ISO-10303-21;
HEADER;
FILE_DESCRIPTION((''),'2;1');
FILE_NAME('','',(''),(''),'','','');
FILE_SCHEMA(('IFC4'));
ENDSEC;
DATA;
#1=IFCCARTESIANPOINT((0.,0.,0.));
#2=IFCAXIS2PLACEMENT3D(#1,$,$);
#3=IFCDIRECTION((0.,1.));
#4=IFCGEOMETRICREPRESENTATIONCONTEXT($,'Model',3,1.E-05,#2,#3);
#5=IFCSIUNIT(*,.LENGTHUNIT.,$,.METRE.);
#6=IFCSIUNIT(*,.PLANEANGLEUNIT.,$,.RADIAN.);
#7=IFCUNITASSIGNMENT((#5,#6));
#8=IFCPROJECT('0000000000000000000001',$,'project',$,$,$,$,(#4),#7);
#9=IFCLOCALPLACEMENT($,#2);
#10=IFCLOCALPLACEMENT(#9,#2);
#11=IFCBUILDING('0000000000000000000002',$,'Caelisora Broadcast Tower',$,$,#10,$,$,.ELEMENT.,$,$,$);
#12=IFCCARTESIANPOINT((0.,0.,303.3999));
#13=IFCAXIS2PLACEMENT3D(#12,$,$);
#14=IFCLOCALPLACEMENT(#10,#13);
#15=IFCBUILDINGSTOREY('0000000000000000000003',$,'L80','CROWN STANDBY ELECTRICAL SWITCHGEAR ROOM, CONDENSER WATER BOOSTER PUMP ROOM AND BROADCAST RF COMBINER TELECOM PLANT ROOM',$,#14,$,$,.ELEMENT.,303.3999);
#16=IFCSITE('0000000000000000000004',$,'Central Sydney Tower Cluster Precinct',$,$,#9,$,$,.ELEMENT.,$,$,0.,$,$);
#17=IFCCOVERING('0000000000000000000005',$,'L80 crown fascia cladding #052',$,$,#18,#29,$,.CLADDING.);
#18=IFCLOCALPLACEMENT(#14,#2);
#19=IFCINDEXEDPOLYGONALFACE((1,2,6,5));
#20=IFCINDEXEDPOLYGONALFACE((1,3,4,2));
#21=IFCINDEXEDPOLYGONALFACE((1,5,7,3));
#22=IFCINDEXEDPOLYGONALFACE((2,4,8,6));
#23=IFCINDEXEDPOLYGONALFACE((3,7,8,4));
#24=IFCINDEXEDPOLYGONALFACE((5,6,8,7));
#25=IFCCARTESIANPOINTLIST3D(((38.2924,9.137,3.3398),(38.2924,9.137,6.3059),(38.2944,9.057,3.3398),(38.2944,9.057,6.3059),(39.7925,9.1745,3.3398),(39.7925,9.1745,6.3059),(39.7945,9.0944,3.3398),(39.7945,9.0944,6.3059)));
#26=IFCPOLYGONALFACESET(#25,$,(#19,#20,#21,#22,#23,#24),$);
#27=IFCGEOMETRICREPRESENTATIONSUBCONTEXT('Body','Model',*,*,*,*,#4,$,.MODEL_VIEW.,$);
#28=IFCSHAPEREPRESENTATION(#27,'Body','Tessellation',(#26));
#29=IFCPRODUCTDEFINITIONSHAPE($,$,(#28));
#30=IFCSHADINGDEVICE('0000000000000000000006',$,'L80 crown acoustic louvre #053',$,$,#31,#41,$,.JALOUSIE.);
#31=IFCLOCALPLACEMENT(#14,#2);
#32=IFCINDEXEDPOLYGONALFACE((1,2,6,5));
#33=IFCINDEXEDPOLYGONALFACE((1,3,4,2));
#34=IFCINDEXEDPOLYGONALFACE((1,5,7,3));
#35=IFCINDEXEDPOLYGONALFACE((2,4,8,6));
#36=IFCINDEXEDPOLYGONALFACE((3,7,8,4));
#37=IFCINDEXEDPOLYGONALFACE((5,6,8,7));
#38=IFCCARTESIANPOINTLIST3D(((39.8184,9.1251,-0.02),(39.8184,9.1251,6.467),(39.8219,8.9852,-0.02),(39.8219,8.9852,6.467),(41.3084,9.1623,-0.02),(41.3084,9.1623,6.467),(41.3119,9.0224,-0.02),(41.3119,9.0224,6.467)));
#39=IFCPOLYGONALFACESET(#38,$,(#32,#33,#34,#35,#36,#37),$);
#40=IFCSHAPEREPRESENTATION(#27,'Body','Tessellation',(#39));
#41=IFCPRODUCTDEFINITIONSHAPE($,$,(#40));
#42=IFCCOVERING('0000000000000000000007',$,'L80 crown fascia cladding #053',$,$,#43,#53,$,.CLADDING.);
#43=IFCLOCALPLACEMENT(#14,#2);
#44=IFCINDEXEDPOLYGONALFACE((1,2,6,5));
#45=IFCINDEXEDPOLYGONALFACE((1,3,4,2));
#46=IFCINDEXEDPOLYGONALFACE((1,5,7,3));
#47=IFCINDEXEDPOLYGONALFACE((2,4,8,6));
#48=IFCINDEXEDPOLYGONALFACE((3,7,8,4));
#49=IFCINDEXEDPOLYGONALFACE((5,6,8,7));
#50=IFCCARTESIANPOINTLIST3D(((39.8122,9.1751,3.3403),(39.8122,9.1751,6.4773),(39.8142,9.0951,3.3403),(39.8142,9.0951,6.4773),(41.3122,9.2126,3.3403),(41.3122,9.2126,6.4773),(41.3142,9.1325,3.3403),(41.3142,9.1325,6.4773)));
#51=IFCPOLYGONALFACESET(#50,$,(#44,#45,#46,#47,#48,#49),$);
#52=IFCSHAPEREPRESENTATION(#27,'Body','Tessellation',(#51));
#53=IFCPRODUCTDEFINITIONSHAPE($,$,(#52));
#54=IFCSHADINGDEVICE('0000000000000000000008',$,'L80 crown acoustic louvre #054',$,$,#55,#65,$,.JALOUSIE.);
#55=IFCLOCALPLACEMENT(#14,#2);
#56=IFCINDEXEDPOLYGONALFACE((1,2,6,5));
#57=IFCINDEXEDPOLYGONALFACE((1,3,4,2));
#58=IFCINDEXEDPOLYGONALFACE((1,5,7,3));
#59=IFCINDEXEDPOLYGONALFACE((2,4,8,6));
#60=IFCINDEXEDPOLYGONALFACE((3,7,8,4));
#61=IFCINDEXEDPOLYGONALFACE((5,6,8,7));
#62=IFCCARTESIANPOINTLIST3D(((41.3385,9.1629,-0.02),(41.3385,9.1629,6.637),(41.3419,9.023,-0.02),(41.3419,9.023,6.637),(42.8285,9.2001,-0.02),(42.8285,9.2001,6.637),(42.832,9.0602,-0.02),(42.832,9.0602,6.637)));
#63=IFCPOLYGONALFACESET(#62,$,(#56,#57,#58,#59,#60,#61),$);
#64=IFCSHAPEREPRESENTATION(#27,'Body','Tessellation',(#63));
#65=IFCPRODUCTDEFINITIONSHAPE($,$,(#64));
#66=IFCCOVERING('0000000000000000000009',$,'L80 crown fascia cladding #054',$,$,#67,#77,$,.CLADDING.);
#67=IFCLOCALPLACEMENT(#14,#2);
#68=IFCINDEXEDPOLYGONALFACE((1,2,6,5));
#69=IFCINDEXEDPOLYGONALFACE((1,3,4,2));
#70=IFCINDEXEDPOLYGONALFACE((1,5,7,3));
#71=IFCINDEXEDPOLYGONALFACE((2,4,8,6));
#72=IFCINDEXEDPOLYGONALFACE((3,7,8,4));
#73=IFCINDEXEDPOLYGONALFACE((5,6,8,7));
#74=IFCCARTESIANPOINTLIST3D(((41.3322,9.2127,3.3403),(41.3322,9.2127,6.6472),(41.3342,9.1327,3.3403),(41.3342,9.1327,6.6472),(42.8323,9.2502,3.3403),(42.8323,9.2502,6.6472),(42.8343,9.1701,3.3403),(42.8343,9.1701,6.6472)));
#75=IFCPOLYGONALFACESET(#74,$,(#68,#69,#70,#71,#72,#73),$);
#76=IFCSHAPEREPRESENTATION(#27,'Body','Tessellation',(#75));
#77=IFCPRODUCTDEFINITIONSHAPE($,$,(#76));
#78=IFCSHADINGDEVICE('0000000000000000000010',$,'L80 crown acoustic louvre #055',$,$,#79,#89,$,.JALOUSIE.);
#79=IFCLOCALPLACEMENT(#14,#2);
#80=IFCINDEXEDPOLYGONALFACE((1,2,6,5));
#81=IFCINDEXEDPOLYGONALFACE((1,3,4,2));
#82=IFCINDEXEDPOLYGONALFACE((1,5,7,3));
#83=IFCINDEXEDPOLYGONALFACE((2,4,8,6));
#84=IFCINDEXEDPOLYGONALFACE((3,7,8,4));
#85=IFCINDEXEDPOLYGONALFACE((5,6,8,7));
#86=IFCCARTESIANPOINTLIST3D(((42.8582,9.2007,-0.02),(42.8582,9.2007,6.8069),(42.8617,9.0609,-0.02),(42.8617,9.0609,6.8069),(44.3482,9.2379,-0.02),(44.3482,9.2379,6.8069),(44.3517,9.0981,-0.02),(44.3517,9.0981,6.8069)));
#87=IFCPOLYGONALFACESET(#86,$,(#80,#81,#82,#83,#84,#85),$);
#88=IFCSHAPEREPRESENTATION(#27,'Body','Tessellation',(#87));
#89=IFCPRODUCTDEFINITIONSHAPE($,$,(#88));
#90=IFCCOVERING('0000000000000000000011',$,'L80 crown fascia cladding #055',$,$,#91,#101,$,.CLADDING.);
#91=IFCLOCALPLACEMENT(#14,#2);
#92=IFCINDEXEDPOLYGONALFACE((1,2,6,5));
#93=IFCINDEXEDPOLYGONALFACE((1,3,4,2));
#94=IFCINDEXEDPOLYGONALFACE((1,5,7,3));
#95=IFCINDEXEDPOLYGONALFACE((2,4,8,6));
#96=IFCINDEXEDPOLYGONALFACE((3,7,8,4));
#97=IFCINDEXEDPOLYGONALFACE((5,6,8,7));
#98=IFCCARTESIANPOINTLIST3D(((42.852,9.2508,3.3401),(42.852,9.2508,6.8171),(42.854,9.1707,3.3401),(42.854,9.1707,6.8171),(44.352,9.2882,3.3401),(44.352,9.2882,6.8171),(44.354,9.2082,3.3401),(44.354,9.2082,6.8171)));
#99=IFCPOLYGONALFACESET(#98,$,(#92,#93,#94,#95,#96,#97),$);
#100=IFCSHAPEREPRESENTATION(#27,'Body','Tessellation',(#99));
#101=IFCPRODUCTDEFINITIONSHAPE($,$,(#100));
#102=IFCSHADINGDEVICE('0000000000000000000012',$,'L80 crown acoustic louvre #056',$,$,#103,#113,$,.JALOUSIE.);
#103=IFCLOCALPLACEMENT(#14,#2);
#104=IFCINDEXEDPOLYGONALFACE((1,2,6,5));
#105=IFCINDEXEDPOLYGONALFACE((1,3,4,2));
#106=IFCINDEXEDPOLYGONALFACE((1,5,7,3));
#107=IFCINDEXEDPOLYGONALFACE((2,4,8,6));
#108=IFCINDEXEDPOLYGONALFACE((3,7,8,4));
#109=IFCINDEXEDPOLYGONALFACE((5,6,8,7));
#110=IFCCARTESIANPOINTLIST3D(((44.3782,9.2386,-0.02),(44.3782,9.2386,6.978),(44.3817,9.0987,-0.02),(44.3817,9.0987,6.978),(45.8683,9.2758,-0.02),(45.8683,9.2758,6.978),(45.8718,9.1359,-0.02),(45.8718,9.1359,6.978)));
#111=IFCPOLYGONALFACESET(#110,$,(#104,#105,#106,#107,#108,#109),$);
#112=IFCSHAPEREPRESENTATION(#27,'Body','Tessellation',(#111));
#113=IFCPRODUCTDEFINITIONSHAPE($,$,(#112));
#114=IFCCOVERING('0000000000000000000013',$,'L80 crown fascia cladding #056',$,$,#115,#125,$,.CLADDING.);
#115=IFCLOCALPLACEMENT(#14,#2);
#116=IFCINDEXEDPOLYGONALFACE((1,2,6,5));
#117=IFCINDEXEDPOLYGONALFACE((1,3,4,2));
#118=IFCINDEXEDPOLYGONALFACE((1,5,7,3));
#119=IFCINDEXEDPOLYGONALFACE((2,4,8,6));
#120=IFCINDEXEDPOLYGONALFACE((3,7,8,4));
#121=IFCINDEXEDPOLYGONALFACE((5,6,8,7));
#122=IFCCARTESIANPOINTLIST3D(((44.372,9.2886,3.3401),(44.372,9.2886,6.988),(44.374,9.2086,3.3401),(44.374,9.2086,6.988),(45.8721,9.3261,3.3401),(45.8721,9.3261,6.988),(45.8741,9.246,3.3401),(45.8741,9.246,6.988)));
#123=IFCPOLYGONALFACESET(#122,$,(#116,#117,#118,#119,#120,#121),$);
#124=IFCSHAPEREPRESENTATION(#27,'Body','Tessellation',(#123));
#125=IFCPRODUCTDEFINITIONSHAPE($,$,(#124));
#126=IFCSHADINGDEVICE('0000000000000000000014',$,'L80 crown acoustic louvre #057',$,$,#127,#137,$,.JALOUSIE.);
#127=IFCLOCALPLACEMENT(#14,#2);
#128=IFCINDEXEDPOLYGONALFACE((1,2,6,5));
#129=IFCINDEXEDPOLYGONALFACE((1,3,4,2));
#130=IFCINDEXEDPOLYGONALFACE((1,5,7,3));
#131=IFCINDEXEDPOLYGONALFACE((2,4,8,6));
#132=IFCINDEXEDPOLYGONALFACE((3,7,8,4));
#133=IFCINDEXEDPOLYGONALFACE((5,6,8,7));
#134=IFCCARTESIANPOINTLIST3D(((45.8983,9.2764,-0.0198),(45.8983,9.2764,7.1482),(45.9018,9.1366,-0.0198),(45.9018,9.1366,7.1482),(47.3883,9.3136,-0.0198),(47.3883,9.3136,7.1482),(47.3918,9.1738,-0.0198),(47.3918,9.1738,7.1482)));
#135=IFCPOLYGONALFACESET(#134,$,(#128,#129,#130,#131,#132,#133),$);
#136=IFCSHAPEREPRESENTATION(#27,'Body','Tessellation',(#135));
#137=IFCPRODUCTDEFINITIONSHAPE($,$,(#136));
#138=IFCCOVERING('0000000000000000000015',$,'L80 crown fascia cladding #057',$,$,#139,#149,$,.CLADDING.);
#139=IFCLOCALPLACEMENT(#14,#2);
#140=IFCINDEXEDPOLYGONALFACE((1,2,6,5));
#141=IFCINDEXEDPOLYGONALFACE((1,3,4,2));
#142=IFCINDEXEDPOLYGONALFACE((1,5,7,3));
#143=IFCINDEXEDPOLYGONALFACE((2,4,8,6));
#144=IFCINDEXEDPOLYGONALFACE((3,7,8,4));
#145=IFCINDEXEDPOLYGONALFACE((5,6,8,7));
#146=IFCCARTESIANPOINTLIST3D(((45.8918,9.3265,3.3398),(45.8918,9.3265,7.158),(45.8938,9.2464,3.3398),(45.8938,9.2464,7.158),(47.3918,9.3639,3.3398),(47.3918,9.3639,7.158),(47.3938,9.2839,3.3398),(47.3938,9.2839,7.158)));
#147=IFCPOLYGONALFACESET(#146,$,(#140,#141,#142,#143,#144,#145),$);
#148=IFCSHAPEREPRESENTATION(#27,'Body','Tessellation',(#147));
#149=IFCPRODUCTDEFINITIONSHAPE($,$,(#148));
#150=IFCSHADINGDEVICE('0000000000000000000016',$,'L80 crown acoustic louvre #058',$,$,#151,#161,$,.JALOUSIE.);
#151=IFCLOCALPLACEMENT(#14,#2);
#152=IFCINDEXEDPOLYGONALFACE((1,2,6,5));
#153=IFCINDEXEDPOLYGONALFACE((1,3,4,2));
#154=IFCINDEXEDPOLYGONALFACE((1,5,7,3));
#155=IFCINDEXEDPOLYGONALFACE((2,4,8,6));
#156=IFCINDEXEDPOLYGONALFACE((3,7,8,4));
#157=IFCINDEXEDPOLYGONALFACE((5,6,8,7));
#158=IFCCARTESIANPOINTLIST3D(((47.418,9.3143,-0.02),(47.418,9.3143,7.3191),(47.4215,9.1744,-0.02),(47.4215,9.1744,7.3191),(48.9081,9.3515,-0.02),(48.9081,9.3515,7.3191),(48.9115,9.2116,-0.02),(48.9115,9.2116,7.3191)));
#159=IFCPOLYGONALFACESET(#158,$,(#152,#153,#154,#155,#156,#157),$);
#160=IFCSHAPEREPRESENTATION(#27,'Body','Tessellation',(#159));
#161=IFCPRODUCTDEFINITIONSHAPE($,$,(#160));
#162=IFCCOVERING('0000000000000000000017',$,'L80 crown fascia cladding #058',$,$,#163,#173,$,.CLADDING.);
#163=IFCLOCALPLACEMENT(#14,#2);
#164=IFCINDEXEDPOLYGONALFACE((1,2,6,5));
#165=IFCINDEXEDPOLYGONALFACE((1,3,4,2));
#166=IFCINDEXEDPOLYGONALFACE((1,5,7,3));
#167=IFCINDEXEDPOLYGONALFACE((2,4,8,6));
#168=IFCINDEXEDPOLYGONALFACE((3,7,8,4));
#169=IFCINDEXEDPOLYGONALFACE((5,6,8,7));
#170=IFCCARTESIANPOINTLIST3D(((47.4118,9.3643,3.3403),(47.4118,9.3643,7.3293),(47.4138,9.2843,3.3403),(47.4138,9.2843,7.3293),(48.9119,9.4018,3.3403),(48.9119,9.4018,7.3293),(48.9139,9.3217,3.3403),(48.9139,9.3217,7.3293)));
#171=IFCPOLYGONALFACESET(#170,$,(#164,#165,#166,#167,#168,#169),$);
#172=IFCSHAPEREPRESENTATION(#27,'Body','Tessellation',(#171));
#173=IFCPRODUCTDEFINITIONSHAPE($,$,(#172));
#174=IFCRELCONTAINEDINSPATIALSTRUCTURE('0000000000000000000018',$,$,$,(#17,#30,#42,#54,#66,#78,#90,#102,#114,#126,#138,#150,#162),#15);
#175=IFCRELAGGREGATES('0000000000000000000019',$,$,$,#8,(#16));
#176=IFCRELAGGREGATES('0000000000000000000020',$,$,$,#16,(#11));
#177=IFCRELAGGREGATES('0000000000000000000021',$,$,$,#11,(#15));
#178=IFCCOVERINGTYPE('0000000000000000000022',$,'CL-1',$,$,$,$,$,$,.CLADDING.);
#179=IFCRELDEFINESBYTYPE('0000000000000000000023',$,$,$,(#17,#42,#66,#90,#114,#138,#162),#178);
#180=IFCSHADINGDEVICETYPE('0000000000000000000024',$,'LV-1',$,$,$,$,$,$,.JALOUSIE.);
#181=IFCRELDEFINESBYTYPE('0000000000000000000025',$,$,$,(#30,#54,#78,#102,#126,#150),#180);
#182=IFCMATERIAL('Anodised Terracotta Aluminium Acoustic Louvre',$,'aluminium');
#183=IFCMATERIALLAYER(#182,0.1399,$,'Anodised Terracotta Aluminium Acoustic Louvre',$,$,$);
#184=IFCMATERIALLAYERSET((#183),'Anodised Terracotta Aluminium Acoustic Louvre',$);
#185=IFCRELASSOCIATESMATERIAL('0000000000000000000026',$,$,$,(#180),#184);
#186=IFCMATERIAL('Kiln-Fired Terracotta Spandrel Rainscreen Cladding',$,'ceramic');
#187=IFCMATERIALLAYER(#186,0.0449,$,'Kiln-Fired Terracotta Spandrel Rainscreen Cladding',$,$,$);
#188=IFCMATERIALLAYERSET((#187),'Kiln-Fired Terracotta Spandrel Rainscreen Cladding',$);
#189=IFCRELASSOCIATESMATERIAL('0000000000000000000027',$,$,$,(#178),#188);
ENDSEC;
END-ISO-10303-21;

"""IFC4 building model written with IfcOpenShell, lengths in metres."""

from ifc_helpers import new_model, si_unit, direction, frame, origin, origin_2d, place, context, subcontext, project, spatial, rectangle, extrude, source, transform, mapped, material, layer, layer_set, type_object, element, save


model = new_model("IFC4")

# Units and contexts
model_context = context("Model", 3, precision=1e-05, world=origin(), true_north=direction((0.0, 1.0)))
body_context = subcontext(model_context, "Body", "Model", "MODEL_VIEW")
ifc_project = project(units=[si_unit("LENGTHUNIT", "METRE"), si_unit("PLANEANGLEUNIT", "RADIAN")], contexts=[model_context])

# Site, building, storey
site_placement = place(None, origin())
site = spatial("IfcSite", under=ifc_project, at=site_placement, Name="Central Sydney Tower Cluster Precinct", CompositionType="ELEMENT", RefElevation=0.0)
building_placement = place(site_placement, origin())
building = spatial("IfcBuilding", under=site, at=building_placement, Name="Caelisora Broadcast Tower", CompositionType="ELEMENT")
storey_placement = place(building_placement, frame((0.0, 0.0, 303.3999)))
storey = spatial("IfcBuildingStorey", under=building, at=storey_placement, Name="L80", Description="CROWN STANDBY ELECTRICAL SWITCHGEAR ROOM, CONDENSER WATER BOOSTER PUMP ROOM AND BROADCAST RF COMBINER TELECOM PLANT ROOM", CompositionType="ELEMENT", Elevation=303.3999)

# Shared definitions
ifc_material_1 = material(Name="Anodised Terracotta Aluminium Acoustic Louvre", Category="aluminium")
ifc_layer_1 = layer(ifc_material_1, 0.1399, Name="Anodised Terracotta Aluminium Acoustic Louvre")
ifc_layer_set_1 = layer_set([ifc_layer_1], Name="Anodised Terracotta Aluminium Acoustic Louvre")
shading_device_type = type_object("IfcShadingDeviceType", Name="LV-1", PredefinedType="JALOUSIE", material=ifc_layer_set_1)

# Covering
ifc_material_2 = material(Name="Kiln-Fired Terracotta Spandrel Rainscreen Cladding", Category="ceramic")
ifc_layer_2 = layer(ifc_material_2, 0.0449, Name="Kiln-Fired Terracotta Spandrel Rainscreen Cladding")
ifc_layer_set_2 = layer_set([ifc_layer_2], Name="Kiln-Fired Terracotta Spandrel Rainscreen Cladding")
covering_type = type_object("IfcCoveringType", Name="CL-1", PredefinedType="CLADDING", material=ifc_layer_set_2)
shared_shape_1 = source(origin(), body_context, "Body", "SweptSolid", [
    extrude(rectangle(XDim=1.5005, YDim=0.0801, at=origin_2d()), origin(), (0.0, 0.0, 1.0), 2.9661),
])
covering_1_placement = place(storey_placement, frame((39.0435, 9.1157, 3.3398), z_axis=(0.0, 0.0, 1.0), x_axis=(0.999689, 0.024956, 0.0)))
element("IfcCovering", 1, at=covering_1_placement, inside=storey, type_object=covering_type, Name="L80 crown fascia cladding #052", PredefinedType="CLADDING", context=body_context, shape_type="MappedRepresentation", body=[
    mapped(shared_shape_1, transform((0.0, 0.0, 0.0), scale=1.0)),
])

# Shading device
shared_shape_2 = source(origin(), body_context, "Body", "SweptSolid", [
    extrude(rectangle(XDim=1.4905, YDim=0.1399, at=origin_2d()), origin(), (0.0, 0.0, 1.0), 6.4871),
])
shading_device_1_placement = place(storey_placement, frame((40.5652, 9.0737, -0.02), z_axis=(0.0, 0.0, 1.0), x_axis=(0.999689, 0.024956, 0.0)))
element("IfcShadingDevice", 2, at=shading_device_1_placement, inside=storey, type_object=shading_device_type, Name="L80 crown acoustic louvre #053", PredefinedType="JALOUSIE", context=body_context, shape_type="MappedRepresentation", body=[
    mapped(shared_shape_2, transform((0.0, 0.0, 0.0), scale=1.0)),
])

# Covering
shared_shape_3 = source(origin(), body_context, "Body", "SweptSolid", [
    extrude(rectangle(XDim=1.5005, YDim=0.0801, at=origin_2d()), origin(), (0.0, 0.0, 1.0), 3.137),
])
covering_2_placement = place(storey_placement, frame((40.5632, 9.1538, 3.3403), z_axis=(0.0, 0.0, 1.0), x_axis=(0.999689, 0.024956, 0.0)))
element("IfcCovering", 3, at=covering_2_placement, inside=storey, type_object=covering_type, Name="L80 crown fascia cladding #053", PredefinedType="CLADDING", context=body_context, shape_type="MappedRepresentation", body=[
    mapped(shared_shape_3, transform((0.0, 0.0, 0.0), scale=1.0)),
])

# Shading device
shared_shape_4 = source(origin(), body_context, "Body", "SweptSolid", [
    extrude(rectangle(XDim=1.4905, YDim=0.1399, at=origin_2d()), origin(), (0.0, 0.0, 1.0), 6.657),
])
shading_device_2_placement = place(storey_placement, frame((42.0852, 9.1116, -0.02), z_axis=(0.0, 0.0, 1.0), x_axis=(0.999689, 0.024956, 0.0)))
element("IfcShadingDevice", 4, at=shading_device_2_placement, inside=storey, type_object=shading_device_type, Name="L80 crown acoustic louvre #054", PredefinedType="JALOUSIE", context=body_context, shape_type="MappedRepresentation", body=[
    mapped(shared_shape_4, transform((0.0, 0.0, 0.0), scale=1.0)),
])

# Covering
shared_shape_5 = source(origin(), body_context, "Body", "SweptSolid", [
    extrude(rectangle(XDim=1.5005, YDim=0.0801, at=origin_2d()), origin(), (0.0, 0.0, 1.0), 3.3069),
])
covering_3_placement = place(storey_placement, frame((42.0833, 9.1914, 3.3403), z_axis=(0.0, 0.0, 1.0), x_axis=(0.999689, 0.024956, 0.0)))
element("IfcCovering", 5, at=covering_3_placement, inside=storey, type_object=covering_type, Name="L80 crown fascia cladding #054", PredefinedType="CLADDING", context=body_context, shape_type="MappedRepresentation", body=[
    mapped(shared_shape_5, transform((0.0, 0.0, 0.0), scale=1.0)),
])

# Shading device
shared_shape_6 = source(origin(), body_context, "Body", "SweptSolid", [
    extrude(rectangle(XDim=1.4905, YDim=0.1399, at=origin_2d()), origin(), (0.0, 0.0, 1.0), 6.8269),
])
shading_device_3_placement = place(storey_placement, frame((43.605, 9.1494, -0.02), z_axis=(0.0, 0.0, 1.0), x_axis=(0.999689, 0.024956, 0.0)))
element("IfcShadingDevice", 6, at=shading_device_3_placement, inside=storey, type_object=shading_device_type, Name="L80 crown acoustic louvre #055", PredefinedType="JALOUSIE", context=body_context, shape_type="MappedRepresentation", body=[
    mapped(shared_shape_6, transform((0.0, 0.0, 0.0), scale=1.0)),
])

# Covering
shared_shape_7 = source(origin(), body_context, "Body", "SweptSolid", [
    extrude(rectangle(XDim=1.5005, YDim=0.0801, at=origin_2d()), origin(), (0.0, 0.0, 1.0), 3.4771),
])
covering_4_placement = place(storey_placement, frame((43.603, 9.2295, 3.3401), z_axis=(0.0, 0.0, 1.0), x_axis=(0.999689, 0.024956, 0.0)))
element("IfcCovering", 7, at=covering_4_placement, inside=storey, type_object=covering_type, Name="L80 crown fascia cladding #055", PredefinedType="CLADDING", context=body_context, shape_type="MappedRepresentation", body=[
    mapped(shared_shape_7, transform((0.0, 0.0, 0.0), scale=1.0)),
])

# Shading device
shared_shape_8 = source(origin(), body_context, "Body", "SweptSolid", [
    extrude(rectangle(XDim=1.4905, YDim=0.1399, at=origin_2d()), origin(), (0.0, 0.0, 1.0), 6.998),
])
shading_device_4_placement = place(storey_placement, frame((45.125, 9.1873, -0.02), z_axis=(0.0, 0.0, 1.0), x_axis=(0.999689, 0.024956, 0.0)))
element("IfcShadingDevice", 8, at=shading_device_4_placement, inside=storey, type_object=shading_device_type, Name="L80 crown acoustic louvre #056", PredefinedType="JALOUSIE", context=body_context, shape_type="MappedRepresentation", body=[
    mapped(shared_shape_8, transform((0.0, 0.0, 0.0), scale=1.0)),
])

# Covering
shared_shape_9 = source(origin(), body_context, "Body", "SweptSolid", [
    extrude(rectangle(XDim=1.5005, YDim=0.0801, at=origin_2d()), origin(), (0.0, 0.0, 1.0), 3.6479),
])
covering_5_placement = place(storey_placement, frame((45.123, 9.2673, 3.3401), z_axis=(0.0, 0.0, 1.0), x_axis=(0.999689, 0.024956, 0.0)))
element("IfcCovering", 9, at=covering_5_placement, inside=storey, type_object=covering_type, Name="L80 crown fascia cladding #056", PredefinedType="CLADDING", context=body_context, shape_type="MappedRepresentation", body=[
    mapped(shared_shape_9, transform((0.0, 0.0, 0.0), scale=1.0)),
])

# Shading device
shared_shape_10 = source(origin(), body_context, "Body", "SweptSolid", [
    extrude(rectangle(XDim=1.4905, YDim=0.1399, at=origin_2d()), origin(), (0.0, 0.0, 1.0), 7.168),
])
shading_device_5_placement = place(storey_placement, frame((46.645, 9.2251, -0.0198), z_axis=(0.0, 0.0, 1.0), x_axis=(0.999689, 0.024956, 0.0)))
element("IfcShadingDevice", 10, at=shading_device_5_placement, inside=storey, type_object=shading_device_type, Name="L80 crown acoustic louvre #057", PredefinedType="JALOUSIE", context=body_context, shape_type="MappedRepresentation", body=[
    mapped(shared_shape_10, transform((0.0, 0.0, 0.0), scale=1.0)),
])

# Covering
shared_shape_11 = source(origin(), body_context, "Body", "SweptSolid", [
    extrude(rectangle(XDim=1.5005, YDim=0.0801, at=origin_2d()), origin(), (0.0, 0.0, 1.0), 3.8181),
])
covering_6_placement = place(storey_placement, frame((46.6428, 9.3052, 3.3398), z_axis=(0.0, 0.0, 1.0), x_axis=(0.999689, 0.024956, 0.0)))
element("IfcCovering", 11, at=covering_6_placement, inside=storey, type_object=covering_type, Name="L80 crown fascia cladding #057", PredefinedType="CLADDING", context=body_context, shape_type="MappedRepresentation", body=[
    mapped(shared_shape_11, transform((0.0, 0.0, 0.0), scale=1.0)),
])

# Shading device
shared_shape_12 = source(origin(), body_context, "Body", "SweptSolid", [
    extrude(rectangle(XDim=1.4905, YDim=0.1399, at=origin_2d()), origin(), (0.0, 0.0, 1.0), 7.3391),
])
shading_device_6_placement = place(storey_placement, frame((48.1648, 9.2629, -0.02), z_axis=(0.0, 0.0, 1.0), x_axis=(0.999689, 0.024956, 0.0)))
element("IfcShadingDevice", 12, at=shading_device_6_placement, inside=storey, type_object=shading_device_type, Name="L80 crown acoustic louvre #058", PredefinedType="JALOUSIE", context=body_context, shape_type="MappedRepresentation", body=[
    mapped(shared_shape_12, transform((0.0, 0.0, 0.0), scale=1.0)),
])

# Covering
shared_shape_13 = source(origin(), body_context, "Body", "SweptSolid", [
    extrude(rectangle(XDim=1.5005, YDim=0.0801, at=origin_2d()), origin(), (0.0, 0.0, 1.0), 3.989),
])
covering_7_placement = place(storey_placement, frame((48.1628, 9.343, 3.3403), z_axis=(0.0, 0.0, 1.0), x_axis=(0.999689, 0.024956, 0.0)))
element("IfcCovering", 13, at=covering_7_placement, inside=storey, type_object=covering_type, Name="L80 crown fascia cladding #058", PredefinedType="CLADDING", context=body_context, shape_type="MappedRepresentation", body=[
    mapped(shared_shape_13, transform((0.0, 0.0, 0.0), scale=1.0)),
])

save(model, "model.ifc")
